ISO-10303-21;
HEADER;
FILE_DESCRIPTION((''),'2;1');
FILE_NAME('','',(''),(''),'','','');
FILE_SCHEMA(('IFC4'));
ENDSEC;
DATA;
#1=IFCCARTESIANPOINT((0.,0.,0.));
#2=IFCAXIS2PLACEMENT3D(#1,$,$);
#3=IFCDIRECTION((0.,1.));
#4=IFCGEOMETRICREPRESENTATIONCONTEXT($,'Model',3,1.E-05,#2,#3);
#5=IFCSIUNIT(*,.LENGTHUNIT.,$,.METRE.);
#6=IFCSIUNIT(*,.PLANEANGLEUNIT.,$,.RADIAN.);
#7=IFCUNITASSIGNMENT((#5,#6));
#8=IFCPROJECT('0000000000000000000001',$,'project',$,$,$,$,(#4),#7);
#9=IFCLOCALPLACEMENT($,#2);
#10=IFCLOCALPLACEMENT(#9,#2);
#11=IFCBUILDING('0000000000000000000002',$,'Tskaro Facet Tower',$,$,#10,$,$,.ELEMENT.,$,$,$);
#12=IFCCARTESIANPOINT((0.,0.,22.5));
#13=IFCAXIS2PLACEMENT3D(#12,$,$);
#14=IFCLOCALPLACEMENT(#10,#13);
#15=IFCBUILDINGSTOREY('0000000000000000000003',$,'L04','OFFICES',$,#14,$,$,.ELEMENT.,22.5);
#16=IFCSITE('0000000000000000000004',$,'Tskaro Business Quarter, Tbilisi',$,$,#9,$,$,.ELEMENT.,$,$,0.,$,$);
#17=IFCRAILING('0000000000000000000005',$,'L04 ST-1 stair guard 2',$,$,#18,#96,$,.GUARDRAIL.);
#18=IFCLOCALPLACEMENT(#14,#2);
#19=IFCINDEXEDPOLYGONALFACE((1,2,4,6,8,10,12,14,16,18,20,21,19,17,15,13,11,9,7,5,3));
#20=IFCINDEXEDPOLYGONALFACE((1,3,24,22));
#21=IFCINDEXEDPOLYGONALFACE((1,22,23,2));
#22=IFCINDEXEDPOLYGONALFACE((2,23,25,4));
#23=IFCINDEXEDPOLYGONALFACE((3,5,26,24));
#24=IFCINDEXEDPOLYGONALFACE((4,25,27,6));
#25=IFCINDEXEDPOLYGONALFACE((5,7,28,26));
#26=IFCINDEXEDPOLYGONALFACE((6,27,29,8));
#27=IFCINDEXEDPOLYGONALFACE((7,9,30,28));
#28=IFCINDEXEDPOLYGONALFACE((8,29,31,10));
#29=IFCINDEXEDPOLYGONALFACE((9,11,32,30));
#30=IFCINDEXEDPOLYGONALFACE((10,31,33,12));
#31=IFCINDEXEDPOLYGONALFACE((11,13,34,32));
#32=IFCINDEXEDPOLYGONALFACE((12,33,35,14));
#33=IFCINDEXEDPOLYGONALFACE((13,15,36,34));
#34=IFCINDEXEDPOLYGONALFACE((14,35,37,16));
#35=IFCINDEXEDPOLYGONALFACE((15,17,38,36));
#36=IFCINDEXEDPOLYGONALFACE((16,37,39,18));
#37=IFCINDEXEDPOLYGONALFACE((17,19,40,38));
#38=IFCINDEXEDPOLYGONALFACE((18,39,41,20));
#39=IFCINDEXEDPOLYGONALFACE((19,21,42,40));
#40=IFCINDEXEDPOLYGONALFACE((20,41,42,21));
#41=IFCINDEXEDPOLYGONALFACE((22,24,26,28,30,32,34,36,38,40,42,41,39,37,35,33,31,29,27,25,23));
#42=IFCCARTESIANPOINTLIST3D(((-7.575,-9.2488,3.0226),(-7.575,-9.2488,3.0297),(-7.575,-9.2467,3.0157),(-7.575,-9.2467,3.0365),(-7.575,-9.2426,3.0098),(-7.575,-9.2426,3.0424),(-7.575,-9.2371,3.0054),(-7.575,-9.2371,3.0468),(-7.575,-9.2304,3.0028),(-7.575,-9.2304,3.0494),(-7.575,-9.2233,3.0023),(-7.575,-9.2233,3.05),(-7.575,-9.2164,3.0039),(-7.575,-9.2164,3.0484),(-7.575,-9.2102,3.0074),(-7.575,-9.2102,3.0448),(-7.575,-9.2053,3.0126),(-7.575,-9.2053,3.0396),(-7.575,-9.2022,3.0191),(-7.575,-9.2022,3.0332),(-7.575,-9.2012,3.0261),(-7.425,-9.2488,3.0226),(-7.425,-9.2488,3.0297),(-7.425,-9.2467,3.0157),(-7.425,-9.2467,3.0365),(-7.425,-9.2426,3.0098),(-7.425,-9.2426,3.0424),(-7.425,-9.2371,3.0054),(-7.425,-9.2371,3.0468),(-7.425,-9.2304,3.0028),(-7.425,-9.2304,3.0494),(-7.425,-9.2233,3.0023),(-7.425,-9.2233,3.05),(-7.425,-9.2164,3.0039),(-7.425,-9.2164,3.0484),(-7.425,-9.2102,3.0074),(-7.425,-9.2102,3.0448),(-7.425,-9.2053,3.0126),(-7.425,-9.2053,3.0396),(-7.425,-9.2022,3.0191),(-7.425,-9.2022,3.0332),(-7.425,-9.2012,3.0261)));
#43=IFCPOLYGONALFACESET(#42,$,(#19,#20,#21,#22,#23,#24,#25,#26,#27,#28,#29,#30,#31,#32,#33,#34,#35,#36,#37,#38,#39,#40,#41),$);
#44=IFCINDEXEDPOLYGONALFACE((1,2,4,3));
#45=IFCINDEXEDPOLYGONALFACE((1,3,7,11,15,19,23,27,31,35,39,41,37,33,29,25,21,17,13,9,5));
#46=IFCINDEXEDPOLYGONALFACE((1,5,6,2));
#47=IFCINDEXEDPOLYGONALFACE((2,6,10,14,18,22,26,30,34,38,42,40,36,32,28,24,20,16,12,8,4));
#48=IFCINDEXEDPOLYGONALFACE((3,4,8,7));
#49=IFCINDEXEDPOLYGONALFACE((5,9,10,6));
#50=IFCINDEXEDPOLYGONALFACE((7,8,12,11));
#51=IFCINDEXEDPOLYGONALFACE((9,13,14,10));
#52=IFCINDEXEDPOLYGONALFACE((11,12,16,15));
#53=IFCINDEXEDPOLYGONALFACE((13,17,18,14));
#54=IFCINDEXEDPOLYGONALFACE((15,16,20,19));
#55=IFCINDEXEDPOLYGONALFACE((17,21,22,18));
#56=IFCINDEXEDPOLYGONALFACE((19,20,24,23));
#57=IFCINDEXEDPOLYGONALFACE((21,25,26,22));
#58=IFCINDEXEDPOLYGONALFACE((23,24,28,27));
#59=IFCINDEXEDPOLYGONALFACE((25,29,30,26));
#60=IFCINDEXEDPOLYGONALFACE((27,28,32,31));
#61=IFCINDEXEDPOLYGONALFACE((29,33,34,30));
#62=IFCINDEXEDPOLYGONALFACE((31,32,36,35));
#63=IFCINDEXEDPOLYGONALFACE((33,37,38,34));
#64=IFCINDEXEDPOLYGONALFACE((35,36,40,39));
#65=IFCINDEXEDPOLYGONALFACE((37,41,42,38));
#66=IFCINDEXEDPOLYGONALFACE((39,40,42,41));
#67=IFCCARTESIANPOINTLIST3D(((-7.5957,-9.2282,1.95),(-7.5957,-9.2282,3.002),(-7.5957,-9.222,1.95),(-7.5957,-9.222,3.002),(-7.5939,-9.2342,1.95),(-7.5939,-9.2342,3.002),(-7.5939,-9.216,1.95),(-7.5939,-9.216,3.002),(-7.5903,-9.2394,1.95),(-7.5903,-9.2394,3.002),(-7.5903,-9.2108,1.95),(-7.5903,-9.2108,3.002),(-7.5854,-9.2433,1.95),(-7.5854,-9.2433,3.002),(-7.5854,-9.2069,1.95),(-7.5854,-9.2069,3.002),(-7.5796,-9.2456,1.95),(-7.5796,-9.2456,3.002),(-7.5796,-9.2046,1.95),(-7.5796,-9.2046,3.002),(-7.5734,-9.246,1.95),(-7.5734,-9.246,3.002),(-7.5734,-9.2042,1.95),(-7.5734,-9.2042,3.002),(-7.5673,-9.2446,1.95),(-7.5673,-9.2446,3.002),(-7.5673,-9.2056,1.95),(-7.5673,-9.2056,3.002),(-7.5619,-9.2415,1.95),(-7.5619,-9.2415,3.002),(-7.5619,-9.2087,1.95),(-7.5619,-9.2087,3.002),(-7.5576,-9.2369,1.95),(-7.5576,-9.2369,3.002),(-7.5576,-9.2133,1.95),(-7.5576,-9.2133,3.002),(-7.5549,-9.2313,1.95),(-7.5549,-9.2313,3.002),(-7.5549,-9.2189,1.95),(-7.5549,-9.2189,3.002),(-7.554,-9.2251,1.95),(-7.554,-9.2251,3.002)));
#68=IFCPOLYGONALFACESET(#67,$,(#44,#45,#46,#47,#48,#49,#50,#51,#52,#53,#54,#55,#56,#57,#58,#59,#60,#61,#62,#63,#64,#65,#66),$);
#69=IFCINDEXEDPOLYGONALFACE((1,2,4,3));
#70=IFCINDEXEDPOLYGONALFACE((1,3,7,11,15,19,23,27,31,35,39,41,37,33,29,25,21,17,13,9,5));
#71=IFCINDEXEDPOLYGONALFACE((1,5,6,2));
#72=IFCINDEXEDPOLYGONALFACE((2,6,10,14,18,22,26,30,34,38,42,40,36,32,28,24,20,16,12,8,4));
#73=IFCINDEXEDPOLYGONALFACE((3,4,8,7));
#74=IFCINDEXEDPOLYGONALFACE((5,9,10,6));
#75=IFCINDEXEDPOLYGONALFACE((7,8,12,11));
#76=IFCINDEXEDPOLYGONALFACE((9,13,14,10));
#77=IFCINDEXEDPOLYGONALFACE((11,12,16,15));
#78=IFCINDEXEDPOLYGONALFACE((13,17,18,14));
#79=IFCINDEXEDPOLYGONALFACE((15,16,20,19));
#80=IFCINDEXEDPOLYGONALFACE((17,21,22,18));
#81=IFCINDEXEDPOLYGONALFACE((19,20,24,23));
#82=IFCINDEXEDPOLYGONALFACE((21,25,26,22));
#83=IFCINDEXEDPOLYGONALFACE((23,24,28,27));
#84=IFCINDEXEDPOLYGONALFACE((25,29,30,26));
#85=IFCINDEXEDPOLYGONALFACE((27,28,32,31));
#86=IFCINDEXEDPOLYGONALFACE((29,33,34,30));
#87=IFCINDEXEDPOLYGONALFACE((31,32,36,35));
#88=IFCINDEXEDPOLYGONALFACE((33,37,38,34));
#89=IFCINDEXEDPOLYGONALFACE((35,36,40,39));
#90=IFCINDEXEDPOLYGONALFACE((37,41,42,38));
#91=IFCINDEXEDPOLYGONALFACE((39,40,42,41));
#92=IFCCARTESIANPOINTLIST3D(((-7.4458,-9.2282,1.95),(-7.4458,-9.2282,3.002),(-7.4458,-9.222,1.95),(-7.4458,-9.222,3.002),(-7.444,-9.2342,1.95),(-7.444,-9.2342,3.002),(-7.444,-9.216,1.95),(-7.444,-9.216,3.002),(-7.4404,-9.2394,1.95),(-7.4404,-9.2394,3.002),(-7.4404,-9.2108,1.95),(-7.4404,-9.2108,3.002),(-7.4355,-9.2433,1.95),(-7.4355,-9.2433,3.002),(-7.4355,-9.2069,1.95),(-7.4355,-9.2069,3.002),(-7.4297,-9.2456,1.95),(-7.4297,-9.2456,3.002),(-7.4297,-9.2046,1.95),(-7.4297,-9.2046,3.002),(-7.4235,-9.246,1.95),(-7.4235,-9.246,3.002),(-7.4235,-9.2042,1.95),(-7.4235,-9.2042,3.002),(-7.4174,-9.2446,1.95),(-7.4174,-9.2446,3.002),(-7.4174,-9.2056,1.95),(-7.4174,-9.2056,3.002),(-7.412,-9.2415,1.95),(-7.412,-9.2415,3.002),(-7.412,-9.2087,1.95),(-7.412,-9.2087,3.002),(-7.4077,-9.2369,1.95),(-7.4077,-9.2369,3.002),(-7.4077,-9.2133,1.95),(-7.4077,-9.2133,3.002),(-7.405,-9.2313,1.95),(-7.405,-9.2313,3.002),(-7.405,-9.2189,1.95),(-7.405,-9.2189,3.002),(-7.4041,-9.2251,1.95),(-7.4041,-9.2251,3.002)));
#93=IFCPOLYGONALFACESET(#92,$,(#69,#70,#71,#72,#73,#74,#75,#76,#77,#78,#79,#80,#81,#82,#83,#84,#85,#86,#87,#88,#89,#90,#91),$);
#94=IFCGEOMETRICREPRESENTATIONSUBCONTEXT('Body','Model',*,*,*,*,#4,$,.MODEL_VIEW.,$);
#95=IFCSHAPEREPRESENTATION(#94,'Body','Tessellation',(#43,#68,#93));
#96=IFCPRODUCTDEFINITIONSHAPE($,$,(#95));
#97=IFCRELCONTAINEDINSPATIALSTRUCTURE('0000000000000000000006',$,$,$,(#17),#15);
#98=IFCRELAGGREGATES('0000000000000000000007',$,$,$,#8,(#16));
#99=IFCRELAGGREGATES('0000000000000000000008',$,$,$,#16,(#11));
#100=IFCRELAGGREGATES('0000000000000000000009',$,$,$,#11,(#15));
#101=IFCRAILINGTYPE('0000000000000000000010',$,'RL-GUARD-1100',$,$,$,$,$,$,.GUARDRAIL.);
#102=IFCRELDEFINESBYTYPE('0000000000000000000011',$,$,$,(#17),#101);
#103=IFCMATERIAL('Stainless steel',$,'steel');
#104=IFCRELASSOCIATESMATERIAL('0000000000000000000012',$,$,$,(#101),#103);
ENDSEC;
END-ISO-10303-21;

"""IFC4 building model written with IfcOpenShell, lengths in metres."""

from ifc_helpers import new_model, si_unit, direction, frame, origin, origin_2d, place, context, subcontext, project, spatial, circle, extrude, material, type_object, element, save


model = new_model("IFC4")

# Units and contexts
model_context = context("Model", 3, precision=1e-05, world=origin(), true_north=direction((0.0, 1.0)))
body_context = subcontext(model_context, "Body", "Model", "MODEL_VIEW")
ifc_project = project(units=[si_unit("LENGTHUNIT", "METRE"), si_unit("PLANEANGLEUNIT", "RADIAN")], contexts=[model_context])

# Site, building, storey
site_placement = place(None, origin())
site = spatial("IfcSite", under=ifc_project, at=site_placement, Name="Tskaro Business Quarter, Tbilisi", CompositionType="ELEMENT", RefElevation=0.0)
building_placement = place(site_placement, origin())
building = spatial("IfcBuilding", under=site, at=building_placement, Name="Tskaro Facet Tower", CompositionType="ELEMENT")
storey_placement = place(building_placement, frame((0.0, 0.0, 22.5)))
storey = spatial("IfcBuildingStorey", under=building, at=storey_placement, Name="L04", Description="OFFICES", CompositionType="ELEMENT", Elevation=22.5)

# Shared definitions
ifc_material_1 = material(Name="Stainless steel", Category="steel")

# Railing
railing_type_1 = type_object("IfcRailingType", Name="RL-GUARD-1100", PredefinedType="GUARDRAIL", material=ifc_material_1)
railing_1_placement = place(storey_placement, frame((-7.575, -9.2251, 1.95)))
element("IfcRailing", 1, at=railing_1_placement, inside=storey, type_object=railing_type_1, Name="L04 ST-1 stair guard 2", PredefinedType="GUARDRAIL", context=body_context, shape_type="SweptSolid", body=[
    extrude(circle(Radius=0.0239, at=origin_2d()), frame((0.0, 0.0, 1.0762), z_axis=(1.0, 0.0, 0.0), x_axis=(0.0, 1.0, 0.0)), (0.0, 0.0, 1.0), 0.1499),
    extrude(circle(Radius=0.021, at=origin_2d()), origin(), (0.0, 0.0, 1.0), 1.052),
    extrude(circle(Radius=0.021, at=origin_2d()), frame((0.1499, 0.0, 0.0)), (0.0, 0.0, 1.0), 1.052),
])

save(model, "model.ifc")
